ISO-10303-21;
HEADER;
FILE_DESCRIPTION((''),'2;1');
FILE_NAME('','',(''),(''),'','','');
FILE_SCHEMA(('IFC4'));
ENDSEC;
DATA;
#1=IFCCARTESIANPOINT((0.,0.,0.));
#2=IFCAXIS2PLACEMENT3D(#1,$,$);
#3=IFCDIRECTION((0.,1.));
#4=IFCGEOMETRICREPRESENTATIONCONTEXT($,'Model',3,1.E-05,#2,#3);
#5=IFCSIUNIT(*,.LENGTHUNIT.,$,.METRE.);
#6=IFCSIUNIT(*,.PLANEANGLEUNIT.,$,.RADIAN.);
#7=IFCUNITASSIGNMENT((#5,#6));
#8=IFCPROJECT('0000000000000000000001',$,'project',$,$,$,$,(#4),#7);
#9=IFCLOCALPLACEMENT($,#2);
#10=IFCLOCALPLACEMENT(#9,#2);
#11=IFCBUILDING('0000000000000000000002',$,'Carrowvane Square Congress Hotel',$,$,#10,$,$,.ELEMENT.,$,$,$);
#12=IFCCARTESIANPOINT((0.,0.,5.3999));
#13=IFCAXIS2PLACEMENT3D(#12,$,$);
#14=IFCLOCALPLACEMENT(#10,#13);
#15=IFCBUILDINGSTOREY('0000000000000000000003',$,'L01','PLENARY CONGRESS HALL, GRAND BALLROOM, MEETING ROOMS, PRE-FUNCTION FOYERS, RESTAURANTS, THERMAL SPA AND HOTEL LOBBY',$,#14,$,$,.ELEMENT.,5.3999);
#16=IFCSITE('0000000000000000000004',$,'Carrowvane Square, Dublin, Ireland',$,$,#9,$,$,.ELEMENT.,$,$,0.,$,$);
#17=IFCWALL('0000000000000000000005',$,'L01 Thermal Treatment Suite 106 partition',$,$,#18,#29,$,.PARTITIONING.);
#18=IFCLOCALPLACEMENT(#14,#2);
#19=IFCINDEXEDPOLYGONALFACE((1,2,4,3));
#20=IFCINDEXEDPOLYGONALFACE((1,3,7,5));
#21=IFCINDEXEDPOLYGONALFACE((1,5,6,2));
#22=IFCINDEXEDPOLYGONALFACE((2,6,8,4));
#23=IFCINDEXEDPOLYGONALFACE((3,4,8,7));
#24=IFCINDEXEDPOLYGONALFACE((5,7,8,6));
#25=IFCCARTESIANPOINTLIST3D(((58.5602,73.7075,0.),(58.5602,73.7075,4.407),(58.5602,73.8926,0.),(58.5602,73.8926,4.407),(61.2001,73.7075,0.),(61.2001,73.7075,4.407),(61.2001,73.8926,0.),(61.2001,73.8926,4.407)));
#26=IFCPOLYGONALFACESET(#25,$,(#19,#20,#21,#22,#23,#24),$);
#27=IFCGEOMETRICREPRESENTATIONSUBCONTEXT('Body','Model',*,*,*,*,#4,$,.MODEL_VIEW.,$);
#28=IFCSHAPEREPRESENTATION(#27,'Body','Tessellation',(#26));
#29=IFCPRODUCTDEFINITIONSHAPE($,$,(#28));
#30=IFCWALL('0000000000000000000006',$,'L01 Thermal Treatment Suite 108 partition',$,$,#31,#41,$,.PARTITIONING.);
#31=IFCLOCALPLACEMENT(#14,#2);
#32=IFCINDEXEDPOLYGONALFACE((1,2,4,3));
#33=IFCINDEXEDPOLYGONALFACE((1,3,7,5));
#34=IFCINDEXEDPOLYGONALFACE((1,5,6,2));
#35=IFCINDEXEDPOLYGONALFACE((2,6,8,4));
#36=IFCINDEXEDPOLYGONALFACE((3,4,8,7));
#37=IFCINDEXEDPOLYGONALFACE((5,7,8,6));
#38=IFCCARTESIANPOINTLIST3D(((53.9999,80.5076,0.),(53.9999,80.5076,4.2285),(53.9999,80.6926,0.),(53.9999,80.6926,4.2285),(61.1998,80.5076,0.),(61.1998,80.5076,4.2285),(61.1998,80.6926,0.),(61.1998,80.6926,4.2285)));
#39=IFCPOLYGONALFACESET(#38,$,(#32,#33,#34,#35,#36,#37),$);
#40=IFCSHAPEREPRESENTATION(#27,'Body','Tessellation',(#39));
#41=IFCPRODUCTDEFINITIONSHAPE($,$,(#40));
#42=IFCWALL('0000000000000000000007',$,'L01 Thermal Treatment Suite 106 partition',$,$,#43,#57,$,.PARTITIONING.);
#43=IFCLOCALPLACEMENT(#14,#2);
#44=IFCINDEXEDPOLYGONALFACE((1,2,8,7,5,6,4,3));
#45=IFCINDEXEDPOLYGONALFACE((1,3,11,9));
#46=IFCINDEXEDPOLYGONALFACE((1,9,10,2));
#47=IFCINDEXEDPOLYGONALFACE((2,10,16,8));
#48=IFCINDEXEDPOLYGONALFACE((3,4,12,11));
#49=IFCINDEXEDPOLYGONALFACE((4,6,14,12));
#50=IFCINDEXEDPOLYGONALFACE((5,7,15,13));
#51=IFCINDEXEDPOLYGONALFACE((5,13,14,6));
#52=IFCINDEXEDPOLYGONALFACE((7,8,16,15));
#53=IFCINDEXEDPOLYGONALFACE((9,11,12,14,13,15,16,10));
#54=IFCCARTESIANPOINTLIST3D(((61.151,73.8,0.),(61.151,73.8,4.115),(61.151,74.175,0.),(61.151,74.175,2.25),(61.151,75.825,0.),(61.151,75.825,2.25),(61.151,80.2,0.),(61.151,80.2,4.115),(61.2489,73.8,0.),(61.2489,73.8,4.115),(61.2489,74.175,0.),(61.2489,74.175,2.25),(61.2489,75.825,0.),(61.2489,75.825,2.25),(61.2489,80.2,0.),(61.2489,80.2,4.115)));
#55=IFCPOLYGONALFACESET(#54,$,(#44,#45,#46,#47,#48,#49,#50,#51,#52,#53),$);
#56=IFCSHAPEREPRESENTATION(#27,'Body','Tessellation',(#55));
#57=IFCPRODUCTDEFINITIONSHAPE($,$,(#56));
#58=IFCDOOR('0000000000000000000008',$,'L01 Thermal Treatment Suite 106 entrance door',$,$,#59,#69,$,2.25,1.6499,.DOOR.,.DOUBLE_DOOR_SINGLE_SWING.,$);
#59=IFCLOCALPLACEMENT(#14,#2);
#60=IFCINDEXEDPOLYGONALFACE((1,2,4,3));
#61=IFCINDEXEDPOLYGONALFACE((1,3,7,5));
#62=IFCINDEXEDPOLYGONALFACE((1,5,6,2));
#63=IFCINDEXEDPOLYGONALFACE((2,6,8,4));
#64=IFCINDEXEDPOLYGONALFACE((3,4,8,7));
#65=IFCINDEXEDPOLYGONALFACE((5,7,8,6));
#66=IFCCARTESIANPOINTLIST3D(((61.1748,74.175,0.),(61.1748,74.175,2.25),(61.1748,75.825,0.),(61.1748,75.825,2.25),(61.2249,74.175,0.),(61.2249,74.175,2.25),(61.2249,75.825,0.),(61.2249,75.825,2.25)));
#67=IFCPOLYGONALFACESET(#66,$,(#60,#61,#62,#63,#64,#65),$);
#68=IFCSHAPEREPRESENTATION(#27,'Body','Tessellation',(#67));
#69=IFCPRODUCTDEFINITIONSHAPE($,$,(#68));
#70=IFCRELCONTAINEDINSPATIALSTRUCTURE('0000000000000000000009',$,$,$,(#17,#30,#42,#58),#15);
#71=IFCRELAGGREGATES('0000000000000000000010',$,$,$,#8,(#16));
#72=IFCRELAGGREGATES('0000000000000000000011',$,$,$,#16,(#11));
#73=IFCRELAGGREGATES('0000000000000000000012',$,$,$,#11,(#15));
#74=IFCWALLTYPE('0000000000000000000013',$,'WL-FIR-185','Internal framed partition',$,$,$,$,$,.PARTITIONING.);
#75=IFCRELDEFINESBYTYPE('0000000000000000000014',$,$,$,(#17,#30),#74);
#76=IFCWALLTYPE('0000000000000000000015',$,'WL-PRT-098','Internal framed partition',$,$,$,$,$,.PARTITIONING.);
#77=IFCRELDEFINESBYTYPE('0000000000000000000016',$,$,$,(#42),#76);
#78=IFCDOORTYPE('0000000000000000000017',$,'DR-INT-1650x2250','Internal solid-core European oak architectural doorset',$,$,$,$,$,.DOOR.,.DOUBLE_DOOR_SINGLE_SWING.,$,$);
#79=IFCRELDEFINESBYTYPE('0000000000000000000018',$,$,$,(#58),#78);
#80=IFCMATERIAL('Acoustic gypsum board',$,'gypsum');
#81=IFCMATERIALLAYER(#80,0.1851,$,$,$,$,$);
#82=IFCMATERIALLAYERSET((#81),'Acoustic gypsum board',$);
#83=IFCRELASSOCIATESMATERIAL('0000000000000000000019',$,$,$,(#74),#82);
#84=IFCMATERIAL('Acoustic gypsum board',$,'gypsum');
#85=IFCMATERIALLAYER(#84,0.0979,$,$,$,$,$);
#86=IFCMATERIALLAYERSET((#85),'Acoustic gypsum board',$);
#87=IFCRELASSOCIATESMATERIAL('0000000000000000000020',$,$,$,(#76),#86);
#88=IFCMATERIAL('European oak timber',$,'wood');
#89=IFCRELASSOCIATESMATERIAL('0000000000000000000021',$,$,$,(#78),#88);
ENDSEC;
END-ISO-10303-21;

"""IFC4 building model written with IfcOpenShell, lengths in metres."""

from ifc_helpers import new_model, si_unit, direction, frame, frame_2d, origin, place, context, subcontext, project, spatial, rectangle, extrude, material, layer, layer_set, type_object, element, fill, save


model = new_model("IFC4")

# Units and contexts
model_context = context("Model", 3, precision=1e-05, world=origin(), true_north=direction((0.0, 1.0)))
body_context = subcontext(model_context, "Body", "Model", "MODEL_VIEW")
ifc_project = project(units=[si_unit("LENGTHUNIT", "METRE"), si_unit("PLANEANGLEUNIT", "RADIAN")], contexts=[model_context])

# Site, building, storey
site_placement = place(None, origin())
site = spatial("IfcSite", under=ifc_project, at=site_placement, Name="Carrowvane Square, Dublin, Ireland", CompositionType="ELEMENT", RefElevation=0.0)
building_placement = place(site_placement, origin())
building = spatial("IfcBuilding", under=site, at=building_placement, Name="Carrowvane Square Congress Hotel", CompositionType="ELEMENT")
storey_placement = place(building_placement, frame((0.0, 0.0, 5.3999)))
storey = spatial("IfcBuildingStorey", under=building, at=storey_placement, Name="L01", Description="PLENARY CONGRESS HALL, GRAND BALLROOM, MEETING ROOMS, PRE-FUNCTION FOYERS, RESTAURANTS, THERMAL SPA AND HOTEL LOBBY", CompositionType="ELEMENT", Elevation=5.3999)

# Walls
ifc_material_1 = material(Name="Acoustic gypsum board", Category="gypsum")
ifc_layer_1 = layer(ifc_material_1, 0.1851)
ifc_layer_set_1 = layer_set([ifc_layer_1], Name="Acoustic gypsum board")
wall_type_1 = type_object("IfcWallType", Name="WL-FIR-185", Description="Internal framed partition", PredefinedType="PARTITIONING", material=ifc_layer_set_1)
wall_1_placement = place(storey_placement, frame((61.2, 73.8, 0.0), z_axis=(0.0, 0.0, 1.0), x_axis=(-1.0, 0.0, 0.0)))
element("IfcWall", 1, at=wall_1_placement, inside=storey, type_object=wall_type_1, Name="L01 Thermal Treatment Suite 106 partition", PredefinedType="PARTITIONING", context=body_context, shape_type="SweptSolid", body=[
    extrude(rectangle(XDim=2.6399, YDim=0.1851, at=frame_2d((1.3198, 0.0))), origin(), (0.0, 0.0, 1.0), 4.407),
])
wall_2_placement = place(storey_placement, frame((61.2, 80.6001, 0.0), z_axis=(0.0, 0.0, 1.0), x_axis=(-1.0, 0.0, 0.0)))
element("IfcWall", 2, at=wall_2_placement, inside=storey, type_object=wall_type_1, Name="L01 Thermal Treatment Suite 108 partition", PredefinedType="PARTITIONING", context=body_context, shape_type="SweptSolid", body=[
    extrude(rectangle(XDim=7.2, YDim=0.1851, at=frame_2d((3.6001, 0.0))), origin(), (0.0, 0.0, 1.0), 4.2285),
])

# Wall, opening, door
ifc_material_2 = material(Name="Acoustic gypsum board", Category="gypsum")
ifc_layer_2 = layer(ifc_material_2, 0.0979)
ifc_layer_set_2 = layer_set([ifc_layer_2], Name="Acoustic gypsum board")
wall_type_2 = type_object("IfcWallType", Name="WL-PRT-098", Description="Internal framed partition", PredefinedType="PARTITIONING", material=ifc_layer_set_2)
wall_3_placement = place(storey_placement, frame((61.2, 80.2, 0.0), z_axis=(0.0, 0.0, 1.0), x_axis=(0.0, -1.0, 0.0)))
wall_3 = element("IfcWall", 3, at=wall_3_placement, inside=storey, type_object=wall_type_2, Name="L01 Thermal Treatment Suite 106 partition", PredefinedType="PARTITIONING", context=body_context, shape_type="SweptSolid", body=[
    extrude(rectangle(XDim=6.3999, YDim=0.0979, at=frame_2d((3.2, 0.0))), origin(), (0.0, 0.0, 1.0), 4.115),
])
opening_placement = place(wall_3_placement, frame((4.375, 0.0, 0.0)))
opening = element("IfcOpeningElement", 4, at=opening_placement, cuts=wall_3, PredefinedType="OPENING", context=body_context, shape_type="SweptSolid", body=[
    extrude(rectangle(XDim=1.6499, YDim=2.25, at=frame_2d((0.825, 1.125))), frame((0.0, 0.0588, 0.0), z_axis=(0.0, -1.0, 0.0), x_axis=(1.0, 0.0, 0.0)), (0.0, 0.0, 1.0), 0.1179),
])
ifc_material_3 = material(Name="European oak timber", Category="wood")
door_type = type_object("IfcDoorType", Name="DR-INT-1650x2250", Description="Internal solid-core European oak architectural doorset", OperationType="DOUBLE_DOOR_SINGLE_SWING", PredefinedType="DOOR", material=ifc_material_3)
door_placement = place(opening_placement, origin())
door = element("IfcDoor", 5, at=door_placement, inside=storey, type_object=door_type, Name="L01 Thermal Treatment Suite 106 entrance door", OperationType="DOUBLE_DOOR_SINGLE_SWING", OverallHeight=2.25, OverallWidth=1.6499, PredefinedType="DOOR", context=body_context, shape_type="SweptSolid", body=[
    extrude(rectangle(XDim=1.6499, YDim=2.25, at=frame_2d((0.825, 1.125))), frame((0.0, 0.0249, 0.0), z_axis=(0.0, -1.0, 0.0), x_axis=(1.0, 0.0, 0.0)), (0.0, 0.0, 1.0), 0.05),
])
fill(opening, door)

save(model, "model.ifc")
